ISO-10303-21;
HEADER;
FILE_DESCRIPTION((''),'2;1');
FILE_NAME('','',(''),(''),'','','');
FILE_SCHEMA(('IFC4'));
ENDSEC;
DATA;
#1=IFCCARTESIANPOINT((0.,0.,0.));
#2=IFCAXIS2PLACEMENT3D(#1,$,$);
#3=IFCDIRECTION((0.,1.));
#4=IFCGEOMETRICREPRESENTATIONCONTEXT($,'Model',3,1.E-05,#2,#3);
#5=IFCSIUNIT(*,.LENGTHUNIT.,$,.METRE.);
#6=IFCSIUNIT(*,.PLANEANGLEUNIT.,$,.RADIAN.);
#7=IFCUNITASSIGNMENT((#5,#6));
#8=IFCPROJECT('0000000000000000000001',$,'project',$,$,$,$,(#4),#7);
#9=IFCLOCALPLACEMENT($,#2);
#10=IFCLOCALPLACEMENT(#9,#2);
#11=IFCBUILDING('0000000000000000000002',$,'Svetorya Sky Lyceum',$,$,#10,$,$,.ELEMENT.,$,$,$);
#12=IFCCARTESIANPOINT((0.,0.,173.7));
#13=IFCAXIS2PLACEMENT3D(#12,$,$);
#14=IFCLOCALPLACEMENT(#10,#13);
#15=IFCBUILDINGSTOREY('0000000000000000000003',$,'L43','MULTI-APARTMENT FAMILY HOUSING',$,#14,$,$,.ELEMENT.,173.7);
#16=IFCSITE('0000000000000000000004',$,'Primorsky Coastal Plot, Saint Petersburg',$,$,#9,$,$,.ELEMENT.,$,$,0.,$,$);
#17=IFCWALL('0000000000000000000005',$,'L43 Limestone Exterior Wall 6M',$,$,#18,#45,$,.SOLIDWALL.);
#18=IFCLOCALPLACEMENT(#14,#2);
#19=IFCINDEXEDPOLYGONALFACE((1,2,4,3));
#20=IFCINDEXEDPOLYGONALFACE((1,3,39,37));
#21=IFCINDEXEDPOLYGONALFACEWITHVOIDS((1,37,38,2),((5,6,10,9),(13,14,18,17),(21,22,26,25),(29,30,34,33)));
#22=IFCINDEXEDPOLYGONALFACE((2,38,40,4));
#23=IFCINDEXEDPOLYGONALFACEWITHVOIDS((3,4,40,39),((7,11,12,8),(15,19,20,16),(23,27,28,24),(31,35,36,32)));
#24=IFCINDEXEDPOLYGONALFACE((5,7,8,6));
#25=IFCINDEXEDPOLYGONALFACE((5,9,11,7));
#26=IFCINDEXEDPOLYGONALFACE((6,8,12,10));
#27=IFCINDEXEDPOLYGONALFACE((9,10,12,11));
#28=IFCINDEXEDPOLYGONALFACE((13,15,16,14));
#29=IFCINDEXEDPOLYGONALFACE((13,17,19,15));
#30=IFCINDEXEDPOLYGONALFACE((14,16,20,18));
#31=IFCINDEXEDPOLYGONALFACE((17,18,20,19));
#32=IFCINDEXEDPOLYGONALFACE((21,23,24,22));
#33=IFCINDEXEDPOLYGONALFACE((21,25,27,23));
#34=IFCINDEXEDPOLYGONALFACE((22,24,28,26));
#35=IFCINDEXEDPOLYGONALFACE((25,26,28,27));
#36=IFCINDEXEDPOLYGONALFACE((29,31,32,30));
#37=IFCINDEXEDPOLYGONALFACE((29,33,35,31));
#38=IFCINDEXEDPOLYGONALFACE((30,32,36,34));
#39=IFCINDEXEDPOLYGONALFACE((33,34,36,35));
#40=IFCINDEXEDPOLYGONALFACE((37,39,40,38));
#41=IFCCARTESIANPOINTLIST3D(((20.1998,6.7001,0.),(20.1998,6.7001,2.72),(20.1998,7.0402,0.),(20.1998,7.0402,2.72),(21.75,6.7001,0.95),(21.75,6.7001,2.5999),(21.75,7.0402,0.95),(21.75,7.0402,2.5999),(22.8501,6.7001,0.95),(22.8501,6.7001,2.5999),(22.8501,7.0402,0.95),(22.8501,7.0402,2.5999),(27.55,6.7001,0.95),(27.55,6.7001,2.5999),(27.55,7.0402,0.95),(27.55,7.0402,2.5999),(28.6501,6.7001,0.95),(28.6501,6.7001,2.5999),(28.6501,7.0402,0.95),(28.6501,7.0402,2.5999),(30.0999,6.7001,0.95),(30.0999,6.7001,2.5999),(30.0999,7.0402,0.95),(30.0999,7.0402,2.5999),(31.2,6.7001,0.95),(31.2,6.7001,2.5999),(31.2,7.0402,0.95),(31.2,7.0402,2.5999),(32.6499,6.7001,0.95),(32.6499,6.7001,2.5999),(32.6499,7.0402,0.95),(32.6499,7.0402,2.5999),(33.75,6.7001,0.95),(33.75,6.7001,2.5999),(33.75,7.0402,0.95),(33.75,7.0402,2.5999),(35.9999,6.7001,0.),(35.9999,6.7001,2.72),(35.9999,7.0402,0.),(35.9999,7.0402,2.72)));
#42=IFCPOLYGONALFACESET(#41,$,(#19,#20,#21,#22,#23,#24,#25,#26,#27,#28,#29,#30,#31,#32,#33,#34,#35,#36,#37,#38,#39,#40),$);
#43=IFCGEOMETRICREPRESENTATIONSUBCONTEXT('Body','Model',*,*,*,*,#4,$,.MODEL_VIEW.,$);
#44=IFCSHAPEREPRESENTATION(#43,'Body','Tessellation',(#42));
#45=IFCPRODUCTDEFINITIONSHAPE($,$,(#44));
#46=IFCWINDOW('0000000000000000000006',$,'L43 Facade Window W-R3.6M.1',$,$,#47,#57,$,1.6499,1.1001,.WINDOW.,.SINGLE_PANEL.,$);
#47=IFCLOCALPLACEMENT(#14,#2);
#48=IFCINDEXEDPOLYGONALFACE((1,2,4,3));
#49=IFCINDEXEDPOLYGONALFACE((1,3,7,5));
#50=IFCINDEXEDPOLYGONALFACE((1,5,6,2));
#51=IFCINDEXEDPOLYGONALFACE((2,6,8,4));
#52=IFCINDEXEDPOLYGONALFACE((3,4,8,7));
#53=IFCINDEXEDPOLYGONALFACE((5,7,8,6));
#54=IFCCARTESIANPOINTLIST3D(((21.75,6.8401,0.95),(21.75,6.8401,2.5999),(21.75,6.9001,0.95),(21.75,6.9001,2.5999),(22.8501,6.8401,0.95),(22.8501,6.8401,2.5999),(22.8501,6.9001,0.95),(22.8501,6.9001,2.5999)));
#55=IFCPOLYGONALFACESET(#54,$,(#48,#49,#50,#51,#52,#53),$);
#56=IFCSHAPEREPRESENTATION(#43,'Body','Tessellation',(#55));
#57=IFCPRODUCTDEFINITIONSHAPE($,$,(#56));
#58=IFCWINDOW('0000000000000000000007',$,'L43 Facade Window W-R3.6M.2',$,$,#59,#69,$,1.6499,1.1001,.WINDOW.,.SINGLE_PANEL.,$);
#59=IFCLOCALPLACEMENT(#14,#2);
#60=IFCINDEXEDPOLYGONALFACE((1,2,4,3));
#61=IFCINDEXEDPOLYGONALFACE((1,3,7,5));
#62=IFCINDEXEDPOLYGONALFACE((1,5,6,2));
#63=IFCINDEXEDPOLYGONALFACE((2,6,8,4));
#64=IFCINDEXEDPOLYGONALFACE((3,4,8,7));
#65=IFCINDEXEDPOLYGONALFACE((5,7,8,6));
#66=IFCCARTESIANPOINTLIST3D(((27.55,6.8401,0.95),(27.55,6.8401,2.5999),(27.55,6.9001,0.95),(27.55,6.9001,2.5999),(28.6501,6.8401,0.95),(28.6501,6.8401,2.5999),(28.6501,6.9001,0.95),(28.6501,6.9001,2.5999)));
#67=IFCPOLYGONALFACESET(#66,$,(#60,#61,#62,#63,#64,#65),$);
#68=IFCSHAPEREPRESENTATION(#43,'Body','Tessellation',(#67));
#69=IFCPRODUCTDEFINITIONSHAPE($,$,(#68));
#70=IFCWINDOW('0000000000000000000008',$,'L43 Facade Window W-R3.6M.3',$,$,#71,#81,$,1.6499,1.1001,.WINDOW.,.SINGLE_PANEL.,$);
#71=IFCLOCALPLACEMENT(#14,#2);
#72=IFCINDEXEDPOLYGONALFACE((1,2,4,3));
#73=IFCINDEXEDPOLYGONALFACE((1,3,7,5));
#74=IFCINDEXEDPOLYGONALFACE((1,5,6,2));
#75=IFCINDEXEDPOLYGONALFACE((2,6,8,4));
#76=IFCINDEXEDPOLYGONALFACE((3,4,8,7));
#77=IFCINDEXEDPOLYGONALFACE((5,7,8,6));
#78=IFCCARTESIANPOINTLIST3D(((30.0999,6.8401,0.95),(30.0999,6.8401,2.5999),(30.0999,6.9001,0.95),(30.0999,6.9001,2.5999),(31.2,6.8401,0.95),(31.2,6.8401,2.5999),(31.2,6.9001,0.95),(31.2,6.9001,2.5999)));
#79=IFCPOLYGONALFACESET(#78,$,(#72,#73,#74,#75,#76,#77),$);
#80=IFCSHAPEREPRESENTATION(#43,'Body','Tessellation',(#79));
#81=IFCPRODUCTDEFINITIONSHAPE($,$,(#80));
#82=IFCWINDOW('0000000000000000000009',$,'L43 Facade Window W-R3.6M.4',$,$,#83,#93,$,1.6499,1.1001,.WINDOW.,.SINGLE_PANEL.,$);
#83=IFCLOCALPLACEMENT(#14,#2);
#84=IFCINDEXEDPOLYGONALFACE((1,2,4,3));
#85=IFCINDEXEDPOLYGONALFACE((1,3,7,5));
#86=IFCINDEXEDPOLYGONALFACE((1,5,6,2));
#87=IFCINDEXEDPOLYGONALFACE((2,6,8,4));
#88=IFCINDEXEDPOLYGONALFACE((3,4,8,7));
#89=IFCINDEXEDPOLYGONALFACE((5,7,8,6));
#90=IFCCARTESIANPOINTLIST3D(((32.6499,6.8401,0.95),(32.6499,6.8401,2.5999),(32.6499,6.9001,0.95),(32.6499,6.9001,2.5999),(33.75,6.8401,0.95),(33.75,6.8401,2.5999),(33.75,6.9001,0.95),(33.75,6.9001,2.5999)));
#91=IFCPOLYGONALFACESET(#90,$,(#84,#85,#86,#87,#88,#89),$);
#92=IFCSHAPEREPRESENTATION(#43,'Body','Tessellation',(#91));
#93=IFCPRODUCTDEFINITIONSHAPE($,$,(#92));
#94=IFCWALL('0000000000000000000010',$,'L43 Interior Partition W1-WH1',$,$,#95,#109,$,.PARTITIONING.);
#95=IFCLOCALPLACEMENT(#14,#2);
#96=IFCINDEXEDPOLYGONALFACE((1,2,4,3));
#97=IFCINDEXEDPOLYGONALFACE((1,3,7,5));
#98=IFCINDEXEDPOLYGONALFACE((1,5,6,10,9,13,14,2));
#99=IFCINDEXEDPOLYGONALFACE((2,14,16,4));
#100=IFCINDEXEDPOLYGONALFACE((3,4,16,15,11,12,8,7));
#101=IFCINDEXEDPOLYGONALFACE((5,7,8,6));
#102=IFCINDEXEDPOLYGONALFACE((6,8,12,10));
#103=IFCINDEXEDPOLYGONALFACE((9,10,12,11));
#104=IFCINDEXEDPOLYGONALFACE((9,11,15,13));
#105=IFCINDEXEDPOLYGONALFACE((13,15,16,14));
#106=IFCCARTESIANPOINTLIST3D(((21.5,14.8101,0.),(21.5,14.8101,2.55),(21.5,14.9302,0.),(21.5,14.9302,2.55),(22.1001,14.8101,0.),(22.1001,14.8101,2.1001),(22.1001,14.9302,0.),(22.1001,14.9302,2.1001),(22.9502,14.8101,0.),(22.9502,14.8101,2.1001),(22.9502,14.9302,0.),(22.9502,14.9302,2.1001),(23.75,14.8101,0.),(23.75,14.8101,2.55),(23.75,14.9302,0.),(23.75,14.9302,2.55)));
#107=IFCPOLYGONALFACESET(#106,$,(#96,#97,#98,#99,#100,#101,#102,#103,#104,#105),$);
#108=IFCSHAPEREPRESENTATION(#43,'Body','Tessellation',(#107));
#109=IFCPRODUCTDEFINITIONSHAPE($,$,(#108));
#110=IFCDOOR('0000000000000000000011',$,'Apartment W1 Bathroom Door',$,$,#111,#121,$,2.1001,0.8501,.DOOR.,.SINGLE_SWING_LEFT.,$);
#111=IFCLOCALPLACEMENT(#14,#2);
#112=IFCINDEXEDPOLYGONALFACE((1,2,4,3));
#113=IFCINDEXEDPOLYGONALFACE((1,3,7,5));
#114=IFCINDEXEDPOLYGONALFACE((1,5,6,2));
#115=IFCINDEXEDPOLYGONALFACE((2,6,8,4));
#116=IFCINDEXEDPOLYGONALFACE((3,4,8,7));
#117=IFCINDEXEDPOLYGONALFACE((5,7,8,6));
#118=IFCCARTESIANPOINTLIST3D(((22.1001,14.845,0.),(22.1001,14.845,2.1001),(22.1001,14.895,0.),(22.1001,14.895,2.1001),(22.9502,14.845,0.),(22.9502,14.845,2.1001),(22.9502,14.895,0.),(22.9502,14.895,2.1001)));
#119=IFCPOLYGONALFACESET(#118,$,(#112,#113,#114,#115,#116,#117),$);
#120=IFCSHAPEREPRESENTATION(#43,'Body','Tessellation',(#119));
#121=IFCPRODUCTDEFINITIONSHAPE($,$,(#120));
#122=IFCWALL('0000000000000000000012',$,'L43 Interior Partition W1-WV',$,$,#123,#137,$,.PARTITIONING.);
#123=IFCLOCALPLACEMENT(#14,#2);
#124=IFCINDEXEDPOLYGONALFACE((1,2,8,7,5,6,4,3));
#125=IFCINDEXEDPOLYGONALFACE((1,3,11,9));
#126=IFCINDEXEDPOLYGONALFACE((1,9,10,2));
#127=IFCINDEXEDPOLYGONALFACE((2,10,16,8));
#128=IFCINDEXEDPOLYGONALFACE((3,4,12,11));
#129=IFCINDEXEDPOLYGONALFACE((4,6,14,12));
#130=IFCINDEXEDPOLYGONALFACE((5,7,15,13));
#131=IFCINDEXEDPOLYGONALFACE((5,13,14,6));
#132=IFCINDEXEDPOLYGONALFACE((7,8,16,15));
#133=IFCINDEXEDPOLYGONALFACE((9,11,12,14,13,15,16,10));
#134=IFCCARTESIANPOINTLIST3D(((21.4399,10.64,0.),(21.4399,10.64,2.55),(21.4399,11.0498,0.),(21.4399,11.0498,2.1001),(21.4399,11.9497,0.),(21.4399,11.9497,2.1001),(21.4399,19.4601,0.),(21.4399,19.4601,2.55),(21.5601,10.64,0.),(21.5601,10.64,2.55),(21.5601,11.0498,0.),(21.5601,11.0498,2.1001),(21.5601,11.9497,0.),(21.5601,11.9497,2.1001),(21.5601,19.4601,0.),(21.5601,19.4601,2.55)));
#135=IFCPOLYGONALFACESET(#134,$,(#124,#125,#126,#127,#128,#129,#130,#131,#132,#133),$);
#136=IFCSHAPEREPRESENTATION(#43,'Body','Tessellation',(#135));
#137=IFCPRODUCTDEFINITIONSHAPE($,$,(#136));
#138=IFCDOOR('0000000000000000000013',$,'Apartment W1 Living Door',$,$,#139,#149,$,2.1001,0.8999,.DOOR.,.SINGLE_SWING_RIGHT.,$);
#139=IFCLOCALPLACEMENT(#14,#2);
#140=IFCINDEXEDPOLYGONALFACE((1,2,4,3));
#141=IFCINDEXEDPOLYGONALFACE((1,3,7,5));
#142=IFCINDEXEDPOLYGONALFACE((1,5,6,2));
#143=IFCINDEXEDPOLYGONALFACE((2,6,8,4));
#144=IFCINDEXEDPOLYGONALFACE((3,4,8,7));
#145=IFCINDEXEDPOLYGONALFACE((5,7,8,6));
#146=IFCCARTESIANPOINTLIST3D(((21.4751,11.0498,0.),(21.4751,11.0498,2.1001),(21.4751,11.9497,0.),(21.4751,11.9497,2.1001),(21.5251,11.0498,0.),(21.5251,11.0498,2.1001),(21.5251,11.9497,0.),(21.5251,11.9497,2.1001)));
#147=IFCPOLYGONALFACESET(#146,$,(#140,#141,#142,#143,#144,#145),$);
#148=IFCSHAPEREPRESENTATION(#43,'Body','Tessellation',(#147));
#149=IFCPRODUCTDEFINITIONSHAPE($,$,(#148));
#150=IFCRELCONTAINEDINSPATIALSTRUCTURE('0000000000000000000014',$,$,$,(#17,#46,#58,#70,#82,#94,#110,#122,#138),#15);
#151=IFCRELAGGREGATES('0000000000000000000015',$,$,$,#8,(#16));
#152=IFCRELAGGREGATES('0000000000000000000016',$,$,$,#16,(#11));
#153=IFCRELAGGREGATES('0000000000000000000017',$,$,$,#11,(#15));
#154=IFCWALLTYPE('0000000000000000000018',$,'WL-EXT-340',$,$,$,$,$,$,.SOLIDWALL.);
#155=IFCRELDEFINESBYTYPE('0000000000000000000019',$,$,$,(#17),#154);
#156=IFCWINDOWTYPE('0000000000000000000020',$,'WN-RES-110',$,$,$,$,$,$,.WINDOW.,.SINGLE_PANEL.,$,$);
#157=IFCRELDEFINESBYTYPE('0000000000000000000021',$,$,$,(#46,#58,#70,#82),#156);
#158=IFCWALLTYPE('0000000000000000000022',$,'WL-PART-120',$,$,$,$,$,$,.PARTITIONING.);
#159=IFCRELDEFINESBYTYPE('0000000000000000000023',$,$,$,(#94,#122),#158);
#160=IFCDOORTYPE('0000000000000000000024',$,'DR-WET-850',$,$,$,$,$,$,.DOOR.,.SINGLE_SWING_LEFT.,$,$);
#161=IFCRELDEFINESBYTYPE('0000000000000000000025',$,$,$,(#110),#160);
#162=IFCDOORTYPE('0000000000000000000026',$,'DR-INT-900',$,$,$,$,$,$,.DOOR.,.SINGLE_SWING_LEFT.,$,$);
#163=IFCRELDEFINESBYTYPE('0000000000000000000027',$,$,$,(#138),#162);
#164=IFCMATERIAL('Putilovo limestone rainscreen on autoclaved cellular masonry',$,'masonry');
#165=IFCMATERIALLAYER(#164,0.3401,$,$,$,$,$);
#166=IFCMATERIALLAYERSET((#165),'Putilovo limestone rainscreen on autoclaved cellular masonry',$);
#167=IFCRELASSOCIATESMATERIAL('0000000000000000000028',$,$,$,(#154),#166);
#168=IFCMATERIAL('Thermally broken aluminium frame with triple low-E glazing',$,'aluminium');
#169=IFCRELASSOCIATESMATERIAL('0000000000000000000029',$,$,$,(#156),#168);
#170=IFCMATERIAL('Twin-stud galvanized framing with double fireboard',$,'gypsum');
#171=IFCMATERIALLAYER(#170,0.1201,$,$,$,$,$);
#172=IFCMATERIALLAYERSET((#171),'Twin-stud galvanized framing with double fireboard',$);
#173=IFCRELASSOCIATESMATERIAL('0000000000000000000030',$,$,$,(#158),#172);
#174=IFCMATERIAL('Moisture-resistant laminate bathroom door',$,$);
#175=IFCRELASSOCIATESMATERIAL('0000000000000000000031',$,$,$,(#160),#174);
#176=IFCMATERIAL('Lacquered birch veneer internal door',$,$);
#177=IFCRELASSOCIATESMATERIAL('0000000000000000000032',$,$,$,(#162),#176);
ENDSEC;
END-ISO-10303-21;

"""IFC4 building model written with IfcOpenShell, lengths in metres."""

from ifc_helpers import new_model, si_unit, direction, frame, frame_2d, origin, place, context, subcontext, project, spatial, rectangle, extrude, material, layer, layer_set, type_object, element, fill, save


model = new_model("IFC4")

# Units and contexts
model_context = context("Model", 3, precision=1e-05, world=origin(), true_north=direction((0.0, 1.0)))
body_context = subcontext(model_context, "Body", "Model", "MODEL_VIEW")
ifc_project = project(units=[si_unit("LENGTHUNIT", "METRE"), si_unit("PLANEANGLEUNIT", "RADIAN")], contexts=[model_context])

# Site, building, storey
site_placement = place(None, origin())
site = spatial("IfcSite", under=ifc_project, at=site_placement, Name="Primorsky Coastal Plot, Saint Petersburg", CompositionType="ELEMENT", RefElevation=0.0)
building_placement = place(site_placement, origin())
building = spatial("IfcBuilding", under=site, at=building_placement, Name="Svetorya Sky Lyceum", CompositionType="ELEMENT")
storey_placement = place(building_placement, frame((0.0, 0.0, 173.7)))
storey = spatial("IfcBuildingStorey", under=building, at=storey_placement, Name="L43", Description="MULTI-APARTMENT FAMILY HOUSING", CompositionType="ELEMENT", Elevation=173.7)

# Shared definitions
ifc_material_1 = material(Name="Putilovo limestone rainscreen on autoclaved cellular masonry", Category="masonry")
ifc_layer_1 = layer(ifc_material_1, 0.3401)
ifc_layer_set_1 = layer_set([ifc_layer_1], Name="Putilovo limestone rainscreen on autoclaved cellular masonry")
wall_type_1 = type_object("IfcWallType", Name="WL-EXT-340", PredefinedType="SOLIDWALL", material=ifc_layer_set_1)

# Wall, openings, windows
wall_1_placement = place(storey_placement, frame((20.2, 6.8701, 0.0), z_axis=(0.0, 0.0, 1.0), x_axis=(1.0, 0.0, 0.0)))
wall_1 = element("IfcWall", 1, at=wall_1_placement, inside=storey, type_object=wall_type_1, Name="L43 Limestone Exterior Wall 6M", PredefinedType="SOLIDWALL", context=body_context, shape_type="SweptSolid", body=[
    extrude(rectangle(XDim=15.8, YDim=0.3401, at=frame_2d((7.8999, 0.0))), origin(), (0.0, 0.0, 1.0), 2.72),
])
opening_1_placement = place(wall_1_placement, frame((1.55, 0.0, 0.95)))
opening_1 = element("IfcOpeningElement", 2, at=opening_1_placement, cuts=wall_1, PredefinedType="OPENING", context=body_context, shape_type="SweptSolid", body=[
    extrude(rectangle(XDim=1.1001, YDim=1.6499, at=frame_2d((0.55, 0.825))), frame((0.0, 0.1799, 0.0), z_axis=(0.0, -1.0, 0.0), x_axis=(1.0, 0.0, 0.0)), (0.0, 0.0, 1.0), 0.3601),
])
opening_2_placement = place(wall_1_placement, frame((7.3501, 0.0, 0.95)))
opening_2 = element("IfcOpeningElement", 3, at=opening_2_placement, cuts=wall_1, PredefinedType="OPENING", context=body_context, shape_type="SweptSolid", body=[
    extrude(rectangle(XDim=1.1001, YDim=1.6499, at=frame_2d((0.55, 0.825))), frame((0.0, 0.1799, 0.0), z_axis=(0.0, -1.0, 0.0), x_axis=(1.0, 0.0, 0.0)), (0.0, 0.0, 1.0), 0.3601),
])
opening_3_placement = place(wall_1_placement, frame((9.8999, 0.0, 0.95)))
opening_3 = element("IfcOpeningElement", 4, at=opening_3_placement, cuts=wall_1, PredefinedType="OPENING", context=body_context, shape_type="SweptSolid", body=[
    extrude(rectangle(XDim=1.1001, YDim=1.6499, at=frame_2d((0.55, 0.825))), frame((0.0, 0.1799, 0.0), z_axis=(0.0, -1.0, 0.0), x_axis=(1.0, 0.0, 0.0)), (0.0, 0.0, 1.0), 0.3601),
])
opening_4_placement = place(wall_1_placement, frame((12.45, 0.0, 0.95)))
opening_4 = element("IfcOpeningElement", 5, at=opening_4_placement, cuts=wall_1, PredefinedType="OPENING", context=body_context, shape_type="SweptSolid", body=[
    extrude(rectangle(XDim=1.1001, YDim=1.6499, at=frame_2d((0.55, 0.825))), frame((0.0, 0.1799, 0.0), z_axis=(0.0, -1.0, 0.0), x_axis=(1.0, 0.0, 0.0)), (0.0, 0.0, 1.0), 0.3601),
])
ifc_material_2 = material(Name="Thermally broken aluminium frame with triple low-E glazing", Category="aluminium")
window_type = type_object("IfcWindowType", Name="WN-RES-110", PartitioningType="SINGLE_PANEL", PredefinedType="WINDOW", material=ifc_material_2)
window_1_placement = place(opening_1_placement, origin())
window_1 = element("IfcWindow", 6, at=window_1_placement, inside=storey, type_object=window_type, Name="L43 Facade Window W-R3.6M.1", OverallHeight=1.6499, OverallWidth=1.1001, PartitioningType="SINGLE_PANEL", PredefinedType="WINDOW", context=body_context, shape_type="SweptSolid", body=[
    extrude(rectangle(XDim=1.1001, YDim=1.6499, at=frame_2d((0.55, 0.825))), frame((0.0, 0.03, 0.0), z_axis=(0.0, -1.0, 0.0), x_axis=(1.0, 0.0, 0.0)), (0.0, 0.0, 1.0), 0.0601),
])
fill(opening_1, window_1)
window_2_placement = place(opening_2_placement, origin())
window_2 = element("IfcWindow", 7, at=window_2_placement, inside=storey, type_object=window_type, Name="L43 Facade Window W-R3.6M.2", OverallHeight=1.6499, OverallWidth=1.1001, PartitioningType="SINGLE_PANEL", PredefinedType="WINDOW", context=body_context, shape_type="SweptSolid", body=[
    extrude(rectangle(XDim=1.1001, YDim=1.6499, at=frame_2d((0.55, 0.825))), frame((0.0, 0.03, 0.0), z_axis=(0.0, -1.0, 0.0), x_axis=(1.0, 0.0, 0.0)), (0.0, 0.0, 1.0), 0.0601),
])
fill(opening_2, window_2)
window_3_placement = place(opening_3_placement, origin())
window_3 = element("IfcWindow", 8, at=window_3_placement, inside=storey, type_object=window_type, Name="L43 Facade Window W-R3.6M.3", OverallHeight=1.6499, OverallWidth=1.1001, PartitioningType="SINGLE_PANEL", PredefinedType="WINDOW", context=body_context, shape_type="SweptSolid", body=[
    extrude(rectangle(XDim=1.1001, YDim=1.6499, at=frame_2d((0.55, 0.825))), frame((0.0, 0.03, 0.0), z_axis=(0.0, -1.0, 0.0), x_axis=(1.0, 0.0, 0.0)), (0.0, 0.0, 1.0), 0.0601),
])
fill(opening_3, window_3)
window_4_placement = place(opening_4_placement, origin())
window_4 = element("IfcWindow", 9, at=window_4_placement, inside=storey, type_object=window_type, Name="L43 Facade Window W-R3.6M.4", OverallHeight=1.6499, OverallWidth=1.1001, PartitioningType="SINGLE_PANEL", PredefinedType="WINDOW", context=body_context, shape_type="SweptSolid", body=[
    extrude(rectangle(XDim=1.1001, YDim=1.6499, at=frame_2d((0.55, 0.825))), frame((0.0, 0.03, 0.0), z_axis=(0.0, -1.0, 0.0), x_axis=(1.0, 0.0, 0.0)), (0.0, 0.0, 1.0), 0.0601),
])
fill(opening_4, window_4)

# Walls, openings, doors
ifc_material_3 = material(Name="Twin-stud galvanized framing with double fireboard", Category="gypsum")
ifc_layer_2 = layer(ifc_material_3, 0.1201)
ifc_layer_set_2 = layer_set([ifc_layer_2], Name="Twin-stud galvanized framing with double fireboard")
wall_type_2 = type_object("IfcWallType", Name="WL-PART-120", PredefinedType="PARTITIONING", material=ifc_layer_set_2)
wall_2_placement = place(storey_placement, frame((21.5, 14.8701, 0.0), z_axis=(0.0, 0.0, 1.0), x_axis=(1.0, 0.0, 0.0)))
wall_2 = element("IfcWall", 10, at=wall_2_placement, inside=storey, type_object=wall_type_2, Name="L43 Interior Partition W1-WH1", PredefinedType="PARTITIONING", context=body_context, shape_type="SweptSolid", body=[
    extrude(rectangle(XDim=2.25, YDim=0.1201, at=frame_2d((1.125, 0.0))), origin(), (0.0, 0.0, 1.0), 2.55),
])
opening_5_placement = place(wall_2_placement, frame((0.6001, 0.0, 0.0)))
opening_5 = element("IfcOpeningElement", 11, at=opening_5_placement, cuts=wall_2, PredefinedType="OPENING", context=body_context, shape_type="SweptSolid", body=[
    extrude(rectangle(XDim=0.8501, YDim=2.1001, at=frame_2d((0.425, 1.05))), frame((0.0, 0.0701, 0.0), z_axis=(0.0, -1.0, 0.0), x_axis=(1.0, 0.0, 0.0)), (0.0, 0.0, 1.0), 0.1401),
])
ifc_material_4 = material(Name="Moisture-resistant laminate bathroom door")
door_type_1 = type_object("IfcDoorType", Name="DR-WET-850", OperationType="SINGLE_SWING_LEFT", PredefinedType="DOOR", material=ifc_material_4)
door_1_placement = place(opening_5_placement, origin())
door_1 = element("IfcDoor", 12, at=door_1_placement, inside=storey, type_object=door_type_1, Name="Apartment W1 Bathroom Door", OperationType="SINGLE_SWING_LEFT", OverallHeight=2.1001, OverallWidth=0.8501, PredefinedType="DOOR", context=body_context, shape_type="SweptSolid", body=[
    extrude(rectangle(XDim=0.8501, YDim=2.1001, at=frame_2d((0.425, 1.05))), frame((0.0, 0.0249, 0.0), z_axis=(0.0, -1.0, 0.0), x_axis=(1.0, 0.0, 0.0)), (0.0, 0.0, 1.0), 0.05),
])
fill(opening_5, door_1)
wall_3_placement = place(storey_placement, frame((21.5, 10.6399, 0.0), z_axis=(0.0, 0.0, 1.0), x_axis=(0.0, 1.0, 0.0)))
wall_3 = element("IfcWall", 13, at=wall_3_placement, inside=storey, type_object=wall_type_2, Name="L43 Interior Partition W1-WV", PredefinedType="PARTITIONING", context=body_context, shape_type="SweptSolid", body=[
    extrude(rectangle(XDim=8.8201, YDim=0.1201, at=frame_2d((4.4102, 0.0))), origin(), (0.0, 0.0, 1.0), 2.55),
])
opening_6_placement = place(wall_3_placement, frame((0.4099, 0.0, 0.0)))
opening_6 = element("IfcOpeningElement", 14, at=opening_6_placement, cuts=wall_3, PredefinedType="OPENING", context=body_context, shape_type="SweptSolid", body=[
    extrude(rectangle(XDim=0.8999, YDim=2.1001, at=frame_2d((0.45, 1.05))), frame((0.0, 0.0701, 0.0), z_axis=(0.0, -1.0, 0.0), x_axis=(1.0, 0.0, 0.0)), (0.0, 0.0, 1.0), 0.1401),
])
ifc_material_5 = material(Name="Lacquered birch veneer internal door")
door_type_2 = type_object("IfcDoorType", Name="DR-INT-900", OperationType="SINGLE_SWING_LEFT", PredefinedType="DOOR", material=ifc_material_5)
door_2_placement = place(opening_6_placement, origin())
door_2 = element("IfcDoor", 15, at=door_2_placement, inside=storey, type_object=door_type_2, Name="Apartment W1 Living Door", OperationType="SINGLE_SWING_RIGHT", OverallHeight=2.1001, OverallWidth=0.8999, PredefinedType="DOOR", context=body_context, shape_type="SweptSolid", body=[
    extrude(rectangle(XDim=0.8999, YDim=2.1001, at=frame_2d((0.45, 1.05))), frame((0.0, 0.0249, 0.0), z_axis=(0.0, -1.0, 0.0), x_axis=(1.0, 0.0, 0.0)), (0.0, 0.0, 1.0), 0.05),
])
fill(opening_6, door_2)

save(model, "model.ifc")
